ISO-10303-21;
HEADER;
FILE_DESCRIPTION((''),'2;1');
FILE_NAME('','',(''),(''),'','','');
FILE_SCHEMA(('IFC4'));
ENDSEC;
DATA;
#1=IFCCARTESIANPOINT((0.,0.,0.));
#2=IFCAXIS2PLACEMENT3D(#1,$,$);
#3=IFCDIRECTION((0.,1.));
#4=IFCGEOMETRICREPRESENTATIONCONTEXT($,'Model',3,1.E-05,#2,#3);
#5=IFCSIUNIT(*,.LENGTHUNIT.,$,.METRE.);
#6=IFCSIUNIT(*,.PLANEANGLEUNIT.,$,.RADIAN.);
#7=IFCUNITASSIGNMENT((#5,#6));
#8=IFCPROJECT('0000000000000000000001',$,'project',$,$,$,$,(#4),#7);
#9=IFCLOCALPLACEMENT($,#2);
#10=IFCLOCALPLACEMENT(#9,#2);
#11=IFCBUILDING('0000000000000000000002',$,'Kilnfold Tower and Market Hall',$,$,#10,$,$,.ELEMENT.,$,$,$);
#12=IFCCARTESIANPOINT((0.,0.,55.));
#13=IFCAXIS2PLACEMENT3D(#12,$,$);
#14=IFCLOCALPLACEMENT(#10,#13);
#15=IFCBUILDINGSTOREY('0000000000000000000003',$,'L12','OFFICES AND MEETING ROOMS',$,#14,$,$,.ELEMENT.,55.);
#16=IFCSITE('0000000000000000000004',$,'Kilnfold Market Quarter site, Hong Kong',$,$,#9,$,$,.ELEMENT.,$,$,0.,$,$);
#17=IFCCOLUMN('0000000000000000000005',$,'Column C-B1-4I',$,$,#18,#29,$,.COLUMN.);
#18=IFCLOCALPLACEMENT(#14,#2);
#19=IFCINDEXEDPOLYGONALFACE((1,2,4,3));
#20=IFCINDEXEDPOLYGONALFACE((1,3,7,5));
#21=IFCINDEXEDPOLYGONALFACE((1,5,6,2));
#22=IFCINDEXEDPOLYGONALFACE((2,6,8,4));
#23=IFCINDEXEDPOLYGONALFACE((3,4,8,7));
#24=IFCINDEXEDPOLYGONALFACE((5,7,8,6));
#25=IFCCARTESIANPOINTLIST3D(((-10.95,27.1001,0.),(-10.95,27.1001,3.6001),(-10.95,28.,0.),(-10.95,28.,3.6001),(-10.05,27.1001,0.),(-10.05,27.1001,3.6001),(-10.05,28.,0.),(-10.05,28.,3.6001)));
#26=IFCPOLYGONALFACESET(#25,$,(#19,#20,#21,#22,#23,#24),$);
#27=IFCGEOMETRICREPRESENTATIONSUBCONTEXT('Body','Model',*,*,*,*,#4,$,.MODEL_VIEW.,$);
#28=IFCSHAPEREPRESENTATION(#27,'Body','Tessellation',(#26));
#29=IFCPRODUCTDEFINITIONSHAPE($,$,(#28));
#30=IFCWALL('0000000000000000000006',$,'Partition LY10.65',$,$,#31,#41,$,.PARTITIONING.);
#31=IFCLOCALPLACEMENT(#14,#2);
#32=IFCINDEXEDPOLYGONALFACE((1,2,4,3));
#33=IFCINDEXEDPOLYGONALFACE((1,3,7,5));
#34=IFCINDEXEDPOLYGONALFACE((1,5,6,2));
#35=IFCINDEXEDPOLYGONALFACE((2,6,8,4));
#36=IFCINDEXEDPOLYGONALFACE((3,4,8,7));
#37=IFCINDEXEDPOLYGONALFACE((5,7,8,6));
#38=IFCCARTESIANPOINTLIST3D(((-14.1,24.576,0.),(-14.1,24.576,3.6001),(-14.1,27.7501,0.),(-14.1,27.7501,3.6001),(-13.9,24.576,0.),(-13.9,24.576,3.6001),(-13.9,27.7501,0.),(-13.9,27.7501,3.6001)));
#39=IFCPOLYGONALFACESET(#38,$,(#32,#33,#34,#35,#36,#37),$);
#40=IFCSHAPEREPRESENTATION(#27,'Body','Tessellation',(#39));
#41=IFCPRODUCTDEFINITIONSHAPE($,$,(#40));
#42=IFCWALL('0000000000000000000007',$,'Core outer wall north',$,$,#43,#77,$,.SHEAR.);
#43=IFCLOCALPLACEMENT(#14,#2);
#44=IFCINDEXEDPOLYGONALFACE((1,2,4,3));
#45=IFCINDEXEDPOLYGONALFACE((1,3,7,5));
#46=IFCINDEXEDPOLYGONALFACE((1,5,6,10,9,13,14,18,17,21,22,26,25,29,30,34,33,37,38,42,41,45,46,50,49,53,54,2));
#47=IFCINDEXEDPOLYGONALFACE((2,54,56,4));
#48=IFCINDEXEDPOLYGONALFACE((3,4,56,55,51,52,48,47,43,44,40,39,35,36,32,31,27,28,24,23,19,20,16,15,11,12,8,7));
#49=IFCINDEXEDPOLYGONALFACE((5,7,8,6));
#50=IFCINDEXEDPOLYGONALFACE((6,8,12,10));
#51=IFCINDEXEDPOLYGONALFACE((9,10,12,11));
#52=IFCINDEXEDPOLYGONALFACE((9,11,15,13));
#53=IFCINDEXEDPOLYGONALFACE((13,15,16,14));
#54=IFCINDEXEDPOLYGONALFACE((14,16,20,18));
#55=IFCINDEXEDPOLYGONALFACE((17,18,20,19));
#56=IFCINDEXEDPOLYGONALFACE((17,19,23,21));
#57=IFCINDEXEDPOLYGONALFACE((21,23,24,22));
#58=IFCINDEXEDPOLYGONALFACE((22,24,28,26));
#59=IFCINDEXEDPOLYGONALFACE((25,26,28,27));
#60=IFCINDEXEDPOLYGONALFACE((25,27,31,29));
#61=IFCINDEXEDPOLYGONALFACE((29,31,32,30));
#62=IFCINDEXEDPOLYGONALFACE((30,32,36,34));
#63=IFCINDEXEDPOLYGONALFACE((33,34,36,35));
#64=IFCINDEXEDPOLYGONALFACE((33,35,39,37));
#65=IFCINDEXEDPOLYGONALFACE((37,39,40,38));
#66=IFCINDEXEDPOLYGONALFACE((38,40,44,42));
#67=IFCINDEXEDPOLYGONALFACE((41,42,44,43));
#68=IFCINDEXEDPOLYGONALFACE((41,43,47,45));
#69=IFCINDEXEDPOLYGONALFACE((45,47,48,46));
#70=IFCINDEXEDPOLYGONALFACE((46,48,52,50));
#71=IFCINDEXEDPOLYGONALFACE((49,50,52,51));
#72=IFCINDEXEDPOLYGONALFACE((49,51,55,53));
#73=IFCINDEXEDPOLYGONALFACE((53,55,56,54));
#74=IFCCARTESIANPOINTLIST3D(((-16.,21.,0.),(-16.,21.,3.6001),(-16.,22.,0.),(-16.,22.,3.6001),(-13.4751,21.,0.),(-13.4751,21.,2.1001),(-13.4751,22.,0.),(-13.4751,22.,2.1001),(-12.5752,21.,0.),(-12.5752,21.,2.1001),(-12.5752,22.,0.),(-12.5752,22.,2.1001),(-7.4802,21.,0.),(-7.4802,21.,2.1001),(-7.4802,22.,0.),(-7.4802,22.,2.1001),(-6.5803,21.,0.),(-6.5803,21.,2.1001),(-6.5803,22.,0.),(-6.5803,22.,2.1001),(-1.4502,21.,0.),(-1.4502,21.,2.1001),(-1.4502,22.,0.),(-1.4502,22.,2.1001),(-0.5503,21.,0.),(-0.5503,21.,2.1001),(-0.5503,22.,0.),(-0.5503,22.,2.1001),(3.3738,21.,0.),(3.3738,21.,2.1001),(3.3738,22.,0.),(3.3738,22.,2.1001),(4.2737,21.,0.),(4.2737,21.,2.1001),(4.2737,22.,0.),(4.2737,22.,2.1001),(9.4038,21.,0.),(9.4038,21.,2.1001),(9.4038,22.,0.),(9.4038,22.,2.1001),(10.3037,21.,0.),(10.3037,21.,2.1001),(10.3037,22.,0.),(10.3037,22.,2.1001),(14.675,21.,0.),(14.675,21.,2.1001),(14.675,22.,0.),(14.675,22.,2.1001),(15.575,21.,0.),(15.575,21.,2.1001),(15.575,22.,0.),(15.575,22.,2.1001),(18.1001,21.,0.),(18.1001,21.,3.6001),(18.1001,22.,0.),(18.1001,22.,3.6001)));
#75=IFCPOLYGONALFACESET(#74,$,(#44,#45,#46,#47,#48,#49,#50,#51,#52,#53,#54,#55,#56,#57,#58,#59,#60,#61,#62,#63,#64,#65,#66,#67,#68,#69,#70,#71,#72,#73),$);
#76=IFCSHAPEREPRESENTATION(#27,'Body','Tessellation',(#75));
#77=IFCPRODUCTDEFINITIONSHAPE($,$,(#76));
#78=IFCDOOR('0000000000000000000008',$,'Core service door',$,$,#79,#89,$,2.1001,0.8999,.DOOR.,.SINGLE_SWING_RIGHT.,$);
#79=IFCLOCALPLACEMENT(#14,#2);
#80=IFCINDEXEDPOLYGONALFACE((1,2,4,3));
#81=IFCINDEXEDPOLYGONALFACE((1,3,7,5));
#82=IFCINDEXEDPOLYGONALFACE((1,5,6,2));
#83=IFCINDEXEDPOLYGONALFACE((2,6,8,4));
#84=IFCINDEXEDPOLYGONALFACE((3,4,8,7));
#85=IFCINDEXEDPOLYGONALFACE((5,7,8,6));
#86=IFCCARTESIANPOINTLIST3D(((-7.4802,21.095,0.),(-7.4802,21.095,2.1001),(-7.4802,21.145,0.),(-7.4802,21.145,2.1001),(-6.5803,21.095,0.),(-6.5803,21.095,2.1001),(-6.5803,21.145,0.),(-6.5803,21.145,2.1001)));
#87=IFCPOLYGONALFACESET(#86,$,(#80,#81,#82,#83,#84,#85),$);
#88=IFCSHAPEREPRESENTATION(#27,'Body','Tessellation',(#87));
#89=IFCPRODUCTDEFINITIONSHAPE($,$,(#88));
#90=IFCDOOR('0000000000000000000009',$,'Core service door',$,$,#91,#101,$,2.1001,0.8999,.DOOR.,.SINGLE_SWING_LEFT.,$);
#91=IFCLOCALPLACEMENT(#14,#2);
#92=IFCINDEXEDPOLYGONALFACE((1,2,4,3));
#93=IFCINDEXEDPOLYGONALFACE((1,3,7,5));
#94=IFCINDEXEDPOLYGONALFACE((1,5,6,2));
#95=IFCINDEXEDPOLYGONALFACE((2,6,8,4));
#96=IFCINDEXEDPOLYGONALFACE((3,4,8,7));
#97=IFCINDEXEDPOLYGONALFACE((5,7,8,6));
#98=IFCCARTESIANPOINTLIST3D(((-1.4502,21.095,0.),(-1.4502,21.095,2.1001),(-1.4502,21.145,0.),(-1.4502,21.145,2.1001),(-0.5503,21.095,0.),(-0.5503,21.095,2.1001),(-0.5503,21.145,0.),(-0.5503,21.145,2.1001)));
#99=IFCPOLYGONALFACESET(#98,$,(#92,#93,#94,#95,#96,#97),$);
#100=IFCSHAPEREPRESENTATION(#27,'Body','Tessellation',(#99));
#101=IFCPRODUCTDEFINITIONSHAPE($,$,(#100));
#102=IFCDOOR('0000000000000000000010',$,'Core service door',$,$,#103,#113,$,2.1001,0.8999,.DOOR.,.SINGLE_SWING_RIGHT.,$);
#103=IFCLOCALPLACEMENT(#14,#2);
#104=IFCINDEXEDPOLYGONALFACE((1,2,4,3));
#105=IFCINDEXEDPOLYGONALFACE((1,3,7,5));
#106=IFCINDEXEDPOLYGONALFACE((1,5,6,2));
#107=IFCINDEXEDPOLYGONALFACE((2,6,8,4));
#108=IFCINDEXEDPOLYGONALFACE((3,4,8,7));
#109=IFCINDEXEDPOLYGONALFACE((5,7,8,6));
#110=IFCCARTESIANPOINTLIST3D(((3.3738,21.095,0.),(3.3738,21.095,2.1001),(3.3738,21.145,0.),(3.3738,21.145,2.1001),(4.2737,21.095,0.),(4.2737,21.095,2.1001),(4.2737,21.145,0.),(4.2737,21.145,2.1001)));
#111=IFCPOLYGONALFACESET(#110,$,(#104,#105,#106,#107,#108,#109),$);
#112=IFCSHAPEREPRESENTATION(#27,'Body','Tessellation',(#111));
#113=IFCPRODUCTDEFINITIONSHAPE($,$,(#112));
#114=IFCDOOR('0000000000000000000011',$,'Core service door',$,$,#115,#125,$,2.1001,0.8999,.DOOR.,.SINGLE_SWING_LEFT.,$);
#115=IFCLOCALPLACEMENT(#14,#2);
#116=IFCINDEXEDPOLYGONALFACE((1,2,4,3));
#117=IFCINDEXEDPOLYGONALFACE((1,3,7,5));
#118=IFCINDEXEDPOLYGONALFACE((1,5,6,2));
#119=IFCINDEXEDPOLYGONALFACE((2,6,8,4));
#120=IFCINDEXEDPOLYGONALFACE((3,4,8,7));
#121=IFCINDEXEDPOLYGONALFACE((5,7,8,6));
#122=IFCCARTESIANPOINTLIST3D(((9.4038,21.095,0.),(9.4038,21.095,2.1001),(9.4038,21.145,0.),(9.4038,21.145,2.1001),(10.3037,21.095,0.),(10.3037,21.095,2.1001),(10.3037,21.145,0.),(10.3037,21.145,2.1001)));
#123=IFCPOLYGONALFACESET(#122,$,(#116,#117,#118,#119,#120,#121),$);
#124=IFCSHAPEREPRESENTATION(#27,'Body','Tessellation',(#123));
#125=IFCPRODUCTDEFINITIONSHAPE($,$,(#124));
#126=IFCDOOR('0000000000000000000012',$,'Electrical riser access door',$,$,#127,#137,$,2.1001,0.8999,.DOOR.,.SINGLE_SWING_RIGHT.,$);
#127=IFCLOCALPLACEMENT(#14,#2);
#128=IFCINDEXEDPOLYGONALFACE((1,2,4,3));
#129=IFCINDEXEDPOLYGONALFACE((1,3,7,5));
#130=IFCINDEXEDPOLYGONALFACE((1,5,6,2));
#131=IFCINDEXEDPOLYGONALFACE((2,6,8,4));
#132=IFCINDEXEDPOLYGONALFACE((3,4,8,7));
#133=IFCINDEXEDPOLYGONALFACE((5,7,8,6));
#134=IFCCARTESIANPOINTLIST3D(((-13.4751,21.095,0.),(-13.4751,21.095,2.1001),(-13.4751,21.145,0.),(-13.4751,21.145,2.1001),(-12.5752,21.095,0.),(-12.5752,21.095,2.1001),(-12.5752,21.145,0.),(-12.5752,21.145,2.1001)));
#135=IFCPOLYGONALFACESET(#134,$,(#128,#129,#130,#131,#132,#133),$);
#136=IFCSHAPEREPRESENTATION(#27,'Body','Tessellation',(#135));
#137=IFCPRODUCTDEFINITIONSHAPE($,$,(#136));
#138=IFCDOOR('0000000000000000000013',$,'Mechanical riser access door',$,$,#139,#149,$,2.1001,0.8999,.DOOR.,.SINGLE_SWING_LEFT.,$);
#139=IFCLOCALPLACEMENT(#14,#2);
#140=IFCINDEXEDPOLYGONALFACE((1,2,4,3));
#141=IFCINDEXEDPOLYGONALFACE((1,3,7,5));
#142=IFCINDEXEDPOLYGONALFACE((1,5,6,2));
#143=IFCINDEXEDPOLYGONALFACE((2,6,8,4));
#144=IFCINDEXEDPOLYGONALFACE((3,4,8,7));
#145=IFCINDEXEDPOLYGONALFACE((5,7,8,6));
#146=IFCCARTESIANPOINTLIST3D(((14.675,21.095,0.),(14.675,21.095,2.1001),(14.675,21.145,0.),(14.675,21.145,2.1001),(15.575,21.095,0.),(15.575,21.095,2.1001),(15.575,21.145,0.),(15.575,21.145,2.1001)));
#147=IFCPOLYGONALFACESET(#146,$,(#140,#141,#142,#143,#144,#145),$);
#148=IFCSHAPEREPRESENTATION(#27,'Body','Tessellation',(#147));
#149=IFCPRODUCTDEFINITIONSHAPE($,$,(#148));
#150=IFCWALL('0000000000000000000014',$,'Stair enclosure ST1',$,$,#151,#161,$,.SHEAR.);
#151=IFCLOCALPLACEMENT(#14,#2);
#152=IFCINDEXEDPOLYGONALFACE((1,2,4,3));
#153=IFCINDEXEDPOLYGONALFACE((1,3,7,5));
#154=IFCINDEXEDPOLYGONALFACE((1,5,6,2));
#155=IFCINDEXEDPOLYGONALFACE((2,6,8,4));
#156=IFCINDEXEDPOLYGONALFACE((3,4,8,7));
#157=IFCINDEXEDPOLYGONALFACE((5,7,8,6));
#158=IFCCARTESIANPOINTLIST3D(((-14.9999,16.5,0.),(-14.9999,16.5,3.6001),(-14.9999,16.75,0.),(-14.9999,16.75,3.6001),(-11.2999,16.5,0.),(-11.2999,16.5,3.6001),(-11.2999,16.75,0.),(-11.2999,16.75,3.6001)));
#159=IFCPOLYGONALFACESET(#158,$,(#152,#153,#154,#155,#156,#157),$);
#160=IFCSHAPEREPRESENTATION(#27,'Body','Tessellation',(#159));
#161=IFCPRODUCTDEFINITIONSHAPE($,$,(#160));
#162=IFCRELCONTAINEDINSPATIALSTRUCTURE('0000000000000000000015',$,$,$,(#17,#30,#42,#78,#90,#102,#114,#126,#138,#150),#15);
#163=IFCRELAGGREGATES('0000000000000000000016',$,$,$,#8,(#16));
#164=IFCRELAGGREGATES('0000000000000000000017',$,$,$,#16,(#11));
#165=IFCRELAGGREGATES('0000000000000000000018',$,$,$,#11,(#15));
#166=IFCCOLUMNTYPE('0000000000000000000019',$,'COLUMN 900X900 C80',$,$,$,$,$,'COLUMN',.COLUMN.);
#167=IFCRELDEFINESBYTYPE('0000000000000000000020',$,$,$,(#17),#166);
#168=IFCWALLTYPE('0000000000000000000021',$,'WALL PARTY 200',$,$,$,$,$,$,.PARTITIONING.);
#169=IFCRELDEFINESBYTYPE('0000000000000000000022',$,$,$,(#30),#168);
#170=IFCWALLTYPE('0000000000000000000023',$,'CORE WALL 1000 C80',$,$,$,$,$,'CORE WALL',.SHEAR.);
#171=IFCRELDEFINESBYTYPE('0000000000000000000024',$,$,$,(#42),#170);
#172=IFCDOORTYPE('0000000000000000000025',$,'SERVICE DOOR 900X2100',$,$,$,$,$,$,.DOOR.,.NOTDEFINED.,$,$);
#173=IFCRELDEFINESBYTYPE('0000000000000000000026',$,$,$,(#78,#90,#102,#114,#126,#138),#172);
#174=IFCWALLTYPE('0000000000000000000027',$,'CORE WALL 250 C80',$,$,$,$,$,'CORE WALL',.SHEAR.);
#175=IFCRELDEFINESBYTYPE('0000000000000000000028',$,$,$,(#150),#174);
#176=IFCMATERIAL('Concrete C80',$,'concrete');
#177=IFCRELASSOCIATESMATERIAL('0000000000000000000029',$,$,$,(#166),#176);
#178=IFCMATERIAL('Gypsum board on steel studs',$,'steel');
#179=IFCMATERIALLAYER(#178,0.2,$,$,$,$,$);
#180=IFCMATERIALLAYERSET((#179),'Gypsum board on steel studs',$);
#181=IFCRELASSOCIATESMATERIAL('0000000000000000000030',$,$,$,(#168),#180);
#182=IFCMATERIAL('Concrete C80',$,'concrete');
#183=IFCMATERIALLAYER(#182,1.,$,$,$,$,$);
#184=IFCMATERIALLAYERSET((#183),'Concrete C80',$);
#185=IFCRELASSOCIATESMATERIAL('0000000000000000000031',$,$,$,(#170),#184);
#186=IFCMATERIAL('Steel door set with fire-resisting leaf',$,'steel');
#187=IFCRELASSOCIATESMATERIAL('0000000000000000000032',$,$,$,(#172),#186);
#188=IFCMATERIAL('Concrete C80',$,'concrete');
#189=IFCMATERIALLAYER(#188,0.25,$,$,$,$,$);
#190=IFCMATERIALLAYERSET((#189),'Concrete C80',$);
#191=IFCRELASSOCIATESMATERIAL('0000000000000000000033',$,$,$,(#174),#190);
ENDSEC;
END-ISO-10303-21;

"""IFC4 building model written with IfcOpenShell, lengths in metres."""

from ifc_helpers import new_model, si_unit, direction, frame, frame_2d, origin, origin_2d, place, context, subcontext, project, spatial, rectangle, extrude, source, transform, mapped, material, layer, layer_set, material_profile, profile_set, type_object, element, fill, save


model = new_model("IFC4")

# Units and contexts
model_context = context("Model", 3, precision=1e-05, world=origin(), true_north=direction((0.0, 1.0)))
body_context = subcontext(model_context, "Body", "Model", "MODEL_VIEW")
ifc_project = project(units=[si_unit("LENGTHUNIT", "METRE"), si_unit("PLANEANGLEUNIT", "RADIAN")], contexts=[model_context])

# Site, building, storey
site_placement = place(None, origin())
site = spatial("IfcSite", under=ifc_project, at=site_placement, Name="Kilnfold Market Quarter site, Hong Kong", CompositionType="ELEMENT", RefElevation=0.0)
building_placement = place(site_placement, origin())
building = spatial("IfcBuilding", under=site, at=building_placement, Name="Kilnfold Tower and Market Hall", CompositionType="ELEMENT")
storey_placement = place(building_placement, frame((0.0, 0.0, 55.0)))
storey = spatial("IfcBuildingStorey", under=building, at=storey_placement, Name="L12", Description="OFFICES AND MEETING ROOMS", CompositionType="ELEMENT", Elevation=55.0)

# Column
ifc_material_1 = material(Name="Concrete C80", Category="concrete")
ifc_material_profile = material_profile(ifc_material_1, rectangle(XDim=0.8999, YDim=0.8999, at=origin_2d()), Name="RC 900x900")
ifc_profile_set = profile_set([ifc_material_profile], Name="Concrete C80")
column_type = type_object("IfcColumnType", Name="COLUMN 900X900 C80", ElementType="COLUMN", PredefinedType="COLUMN", material=ifc_profile_set)
shared_shape_1 = source(origin(), body_context, "Body", "SweptSolid", [
    extrude(rectangle(XDim=0.8999, YDim=0.8999, at=origin_2d()), origin(), (0.0, 0.0, 1.0), 3.6001),
])
column_placement = place(storey_placement, frame((-10.5, 27.55, 0.0), z_axis=(0.0, 0.0, 1.0), x_axis=(1.0, 0.0, 0.0)))
element("IfcColumn", 1, at=column_placement, inside=storey, type_object=column_type, Name="Column C-B1-4I", PredefinedType="COLUMN", context=body_context, shape_type="MappedRepresentation", body=[
    mapped(shared_shape_1, transform((0.0, 0.0, 0.0))),
])

# Wall
ifc_material_2 = material(Name="Gypsum board on steel studs", Category="steel")
ifc_layer_1 = layer(ifc_material_2, 0.2)
ifc_layer_set_1 = layer_set([ifc_layer_1], Name="Gypsum board on steel studs")
wall_type_1 = type_object("IfcWallType", Name="WALL PARTY 200", PredefinedType="PARTITIONING", material=ifc_layer_set_1)
wall_1_placement = place(storey_placement, frame((-14.0, 27.75, 0.0), z_axis=(0.0, 0.0, 1.0), x_axis=(0.0, -1.0, 0.0)))
element("IfcWall", 2, at=wall_1_placement, inside=storey, type_object=wall_type_1, Name="Partition LY10.65", PredefinedType="PARTITIONING", context=body_context, shape_type="SweptSolid", body=[
    extrude(rectangle(XDim=3.1741, YDim=0.2, at=frame_2d((1.5869, 0.0))), origin(), (0.0, 0.0, 1.0), 3.6001),
])

# Wall, openings, doors
ifc_material_3 = material(Name="Concrete C80", Category="concrete")
ifc_layer_2 = layer(ifc_material_3, 1.0)
ifc_layer_set_2 = layer_set([ifc_layer_2], Name="Concrete C80")
wall_type_2 = type_object("IfcWallType", Name="CORE WALL 1000 C80", ElementType="CORE WALL", PredefinedType="SHEAR", material=ifc_layer_set_2)
shared_shape_2 = source(origin(), body_context, "Body", "SweptSolid", [
    extrude(rectangle(XDim=34.1001, YDim=1.0, at=frame_2d((17.05, 0.0))), origin(), (0.0, 0.0, 1.0), 3.6001),
])
wall_2_placement = place(storey_placement, frame((-16.0, 21.5, 0.0), z_axis=(0.0, 0.0, 1.0), x_axis=(1.0, 0.0, 0.0)))
wall_2 = element("IfcWall", 3, at=wall_2_placement, inside=storey, type_object=wall_type_2, Name="Core outer wall north", PredefinedType="SHEAR", context=body_context, shape_type="MappedRepresentation", body=[
    mapped(shared_shape_2, transform((0.0, 0.0, 0.0))),
])
opening_1_placement = place(wall_2_placement, frame((8.5198, 0.0, 0.0)))
opening_1 = element("IfcOpeningElement", 4, at=opening_1_placement, cuts=wall_2, PredefinedType="OPENING", context=body_context, shape_type="SweptSolid", body=[
    extrude(rectangle(XDim=0.8999, YDim=2.1001, at=frame_2d((0.45, 1.05))), frame((0.0, 0.51, 0.0), z_axis=(0.0, -1.0, 0.0), x_axis=(1.0, 0.0, 0.0)), (0.0, 0.0, 1.0), 1.02),
])
opening_2_placement = place(wall_2_placement, frame((14.5498, 0.0, 0.0)))
opening_2 = element("IfcOpeningElement", 5, at=opening_2_placement, cuts=wall_2, PredefinedType="OPENING", context=body_context, shape_type="SweptSolid", body=[
    extrude(rectangle(XDim=0.8999, YDim=2.1001, at=frame_2d((0.45, 1.05))), frame((0.0, 0.51, 0.0), z_axis=(0.0, -1.0, 0.0), x_axis=(1.0, 0.0, 0.0)), (0.0, 0.0, 1.0), 1.02),
])
opening_3_placement = place(wall_2_placement, frame((19.3738, 0.0, 0.0)))
opening_3 = element("IfcOpeningElement", 6, at=opening_3_placement, cuts=wall_2, PredefinedType="OPENING", context=body_context, shape_type="SweptSolid", body=[
    extrude(rectangle(XDim=0.8999, YDim=2.1001, at=frame_2d((0.45, 1.05))), frame((0.0, 0.51, 0.0), z_axis=(0.0, -1.0, 0.0), x_axis=(1.0, 0.0, 0.0)), (0.0, 0.0, 1.0), 1.02),
])
opening_4_placement = place(wall_2_placement, frame((25.4038, 0.0, 0.0)))
opening_4 = element("IfcOpeningElement", 7, at=opening_4_placement, cuts=wall_2, PredefinedType="OPENING", context=body_context, shape_type="SweptSolid", body=[
    extrude(rectangle(XDim=0.8999, YDim=2.1001, at=frame_2d((0.45, 1.05))), frame((0.0, 0.51, 0.0), z_axis=(0.0, -1.0, 0.0), x_axis=(1.0, 0.0, 0.0)), (0.0, 0.0, 1.0), 1.02),
])
opening_5_placement = place(wall_2_placement, frame((2.5249, 0.0, 0.0)))
opening_5 = element("IfcOpeningElement", 8, at=opening_5_placement, cuts=wall_2, PredefinedType="OPENING", context=body_context, shape_type="SweptSolid", body=[
    extrude(rectangle(XDim=0.8999, YDim=2.1001, at=frame_2d((0.45, 1.05))), frame((0.0, 0.51, 0.0), z_axis=(0.0, -1.0, 0.0), x_axis=(1.0, 0.0, 0.0)), (0.0, 0.0, 1.0), 1.02),
])
opening_6_placement = place(wall_2_placement, frame((30.675, 0.0, 0.0)))
opening_6 = element("IfcOpeningElement", 9, at=opening_6_placement, cuts=wall_2, PredefinedType="OPENING", context=body_context, shape_type="SweptSolid", body=[
    extrude(rectangle(XDim=0.8999, YDim=2.1001, at=frame_2d((0.45, 1.05))), frame((0.0, 0.51, 0.0), z_axis=(0.0, -1.0, 0.0), x_axis=(1.0, 0.0, 0.0)), (0.0, 0.0, 1.0), 1.02),
])
ifc_material_4 = material(Name="Steel door set with fire-resisting leaf", Category="steel")
door_type = type_object("IfcDoorType", Name="SERVICE DOOR 900X2100", OperationType="NOTDEFINED", PredefinedType="DOOR", material=ifc_material_4)
door_1_placement = place(opening_1_placement, origin())
door_1 = element("IfcDoor", 10, at=door_1_placement, inside=storey, type_object=door_type, Name="Core service door", OperationType="SINGLE_SWING_RIGHT", OverallHeight=2.1001, OverallWidth=0.8999, PredefinedType="DOOR", context=body_context, shape_type="SweptSolid", body=[
    extrude(rectangle(XDim=0.8999, YDim=2.1001, at=frame_2d((0.45, 1.05))), frame((0.0, -0.355, 0.0), z_axis=(0.0, -1.0, 0.0), x_axis=(1.0, 0.0, 0.0)), (0.0, 0.0, 1.0), 0.05),
])
fill(opening_1, door_1)
door_2_placement = place(opening_2_placement, origin())
door_2 = element("IfcDoor", 11, at=door_2_placement, inside=storey, type_object=door_type, Name="Core service door", OperationType="SINGLE_SWING_LEFT", OverallHeight=2.1001, OverallWidth=0.8999, PredefinedType="DOOR", context=body_context, shape_type="SweptSolid", body=[
    extrude(rectangle(XDim=0.8999, YDim=2.1001, at=frame_2d((0.45, 1.05))), frame((0.0, -0.355, 0.0), z_axis=(0.0, -1.0, 0.0), x_axis=(1.0, 0.0, 0.0)), (0.0, 0.0, 1.0), 0.05),
])
fill(opening_2, door_2)
door_3_placement = place(opening_3_placement, origin())
door_3 = element("IfcDoor", 12, at=door_3_placement, inside=storey, type_object=door_type, Name="Core service door", OperationType="SINGLE_SWING_RIGHT", OverallHeight=2.1001, OverallWidth=0.8999, PredefinedType="DOOR", context=body_context, shape_type="SweptSolid", body=[
    extrude(rectangle(XDim=0.8999, YDim=2.1001, at=frame_2d((0.45, 1.05))), frame((0.0, -0.355, 0.0), z_axis=(0.0, -1.0, 0.0), x_axis=(1.0, 0.0, 0.0)), (0.0, 0.0, 1.0), 0.05),
])
fill(opening_3, door_3)
door_4_placement = place(opening_4_placement, origin())
door_4 = element("IfcDoor", 13, at=door_4_placement, inside=storey, type_object=door_type, Name="Core service door", OperationType="SINGLE_SWING_LEFT", OverallHeight=2.1001, OverallWidth=0.8999, PredefinedType="DOOR", context=body_context, shape_type="SweptSolid", body=[
    extrude(rectangle(XDim=0.8999, YDim=2.1001, at=frame_2d((0.45, 1.05))), frame((0.0, -0.355, 0.0), z_axis=(0.0, -1.0, 0.0), x_axis=(1.0, 0.0, 0.0)), (0.0, 0.0, 1.0), 0.05),
])
fill(opening_4, door_4)
door_5_placement = place(opening_5_placement, origin())
door_5 = element("IfcDoor", 14, at=door_5_placement, inside=storey, type_object=door_type, Name="Electrical riser access door", OperationType="SINGLE_SWING_RIGHT", OverallHeight=2.1001, OverallWidth=0.8999, PredefinedType="DOOR", context=body_context, shape_type="SweptSolid", body=[
    extrude(rectangle(XDim=0.8999, YDim=2.1001, at=frame_2d((0.45, 1.05))), frame((0.0, -0.355, 0.0), z_axis=(0.0, -1.0, 0.0), x_axis=(1.0, 0.0, 0.0)), (0.0, 0.0, 1.0), 0.05),
])
fill(opening_5, door_5)
door_6_placement = place(opening_6_placement, origin())
door_6 = element("IfcDoor", 15, at=door_6_placement, inside=storey, type_object=door_type, Name="Mechanical riser access door", OperationType="SINGLE_SWING_LEFT", OverallHeight=2.1001, OverallWidth=0.8999, PredefinedType="DOOR", context=body_context, shape_type="SweptSolid", body=[
    extrude(rectangle(XDim=0.8999, YDim=2.1001, at=frame_2d((0.45, 1.05))), frame((0.0, -0.355, 0.0), z_axis=(0.0, -1.0, 0.0), x_axis=(1.0, 0.0, 0.0)), (0.0, 0.0, 1.0), 0.05),
])
fill(opening_6, door_6)

# Wall
ifc_material_5 = material(Name="Concrete C80", Category="concrete")
ifc_layer_3 = layer(ifc_material_5, 0.25)
ifc_layer_set_3 = layer_set([ifc_layer_3], Name="Concrete C80")
wall_type_3 = type_object("IfcWallType", Name="CORE WALL 250 C80", ElementType="CORE WALL", PredefinedType="SHEAR", material=ifc_layer_set_3)
shared_shape_3 = source(origin(), body_context, "Body", "SweptSolid", [
    extrude(rectangle(XDim=3.7, YDim=0.25, at=frame_2d((1.8501, 0.0))), origin(), (0.0, 0.0, 1.0), 3.6001),
])
wall_3_placement = place(storey_placement, frame((-15.0, 16.625, 0.0), z_axis=(0.0, 0.0, 1.0), x_axis=(1.0, 0.0, 0.0)))
element("IfcWall", 16, at=wall_3_placement, inside=storey, type_object=wall_type_3, Name="Stair enclosure ST1", PredefinedType="SHEAR", context=body_context, shape_type="MappedRepresentation", body=[
    mapped(shared_shape_3, transform((0.0, 0.0, 0.0))),
])

save(model, "model.ifc")
